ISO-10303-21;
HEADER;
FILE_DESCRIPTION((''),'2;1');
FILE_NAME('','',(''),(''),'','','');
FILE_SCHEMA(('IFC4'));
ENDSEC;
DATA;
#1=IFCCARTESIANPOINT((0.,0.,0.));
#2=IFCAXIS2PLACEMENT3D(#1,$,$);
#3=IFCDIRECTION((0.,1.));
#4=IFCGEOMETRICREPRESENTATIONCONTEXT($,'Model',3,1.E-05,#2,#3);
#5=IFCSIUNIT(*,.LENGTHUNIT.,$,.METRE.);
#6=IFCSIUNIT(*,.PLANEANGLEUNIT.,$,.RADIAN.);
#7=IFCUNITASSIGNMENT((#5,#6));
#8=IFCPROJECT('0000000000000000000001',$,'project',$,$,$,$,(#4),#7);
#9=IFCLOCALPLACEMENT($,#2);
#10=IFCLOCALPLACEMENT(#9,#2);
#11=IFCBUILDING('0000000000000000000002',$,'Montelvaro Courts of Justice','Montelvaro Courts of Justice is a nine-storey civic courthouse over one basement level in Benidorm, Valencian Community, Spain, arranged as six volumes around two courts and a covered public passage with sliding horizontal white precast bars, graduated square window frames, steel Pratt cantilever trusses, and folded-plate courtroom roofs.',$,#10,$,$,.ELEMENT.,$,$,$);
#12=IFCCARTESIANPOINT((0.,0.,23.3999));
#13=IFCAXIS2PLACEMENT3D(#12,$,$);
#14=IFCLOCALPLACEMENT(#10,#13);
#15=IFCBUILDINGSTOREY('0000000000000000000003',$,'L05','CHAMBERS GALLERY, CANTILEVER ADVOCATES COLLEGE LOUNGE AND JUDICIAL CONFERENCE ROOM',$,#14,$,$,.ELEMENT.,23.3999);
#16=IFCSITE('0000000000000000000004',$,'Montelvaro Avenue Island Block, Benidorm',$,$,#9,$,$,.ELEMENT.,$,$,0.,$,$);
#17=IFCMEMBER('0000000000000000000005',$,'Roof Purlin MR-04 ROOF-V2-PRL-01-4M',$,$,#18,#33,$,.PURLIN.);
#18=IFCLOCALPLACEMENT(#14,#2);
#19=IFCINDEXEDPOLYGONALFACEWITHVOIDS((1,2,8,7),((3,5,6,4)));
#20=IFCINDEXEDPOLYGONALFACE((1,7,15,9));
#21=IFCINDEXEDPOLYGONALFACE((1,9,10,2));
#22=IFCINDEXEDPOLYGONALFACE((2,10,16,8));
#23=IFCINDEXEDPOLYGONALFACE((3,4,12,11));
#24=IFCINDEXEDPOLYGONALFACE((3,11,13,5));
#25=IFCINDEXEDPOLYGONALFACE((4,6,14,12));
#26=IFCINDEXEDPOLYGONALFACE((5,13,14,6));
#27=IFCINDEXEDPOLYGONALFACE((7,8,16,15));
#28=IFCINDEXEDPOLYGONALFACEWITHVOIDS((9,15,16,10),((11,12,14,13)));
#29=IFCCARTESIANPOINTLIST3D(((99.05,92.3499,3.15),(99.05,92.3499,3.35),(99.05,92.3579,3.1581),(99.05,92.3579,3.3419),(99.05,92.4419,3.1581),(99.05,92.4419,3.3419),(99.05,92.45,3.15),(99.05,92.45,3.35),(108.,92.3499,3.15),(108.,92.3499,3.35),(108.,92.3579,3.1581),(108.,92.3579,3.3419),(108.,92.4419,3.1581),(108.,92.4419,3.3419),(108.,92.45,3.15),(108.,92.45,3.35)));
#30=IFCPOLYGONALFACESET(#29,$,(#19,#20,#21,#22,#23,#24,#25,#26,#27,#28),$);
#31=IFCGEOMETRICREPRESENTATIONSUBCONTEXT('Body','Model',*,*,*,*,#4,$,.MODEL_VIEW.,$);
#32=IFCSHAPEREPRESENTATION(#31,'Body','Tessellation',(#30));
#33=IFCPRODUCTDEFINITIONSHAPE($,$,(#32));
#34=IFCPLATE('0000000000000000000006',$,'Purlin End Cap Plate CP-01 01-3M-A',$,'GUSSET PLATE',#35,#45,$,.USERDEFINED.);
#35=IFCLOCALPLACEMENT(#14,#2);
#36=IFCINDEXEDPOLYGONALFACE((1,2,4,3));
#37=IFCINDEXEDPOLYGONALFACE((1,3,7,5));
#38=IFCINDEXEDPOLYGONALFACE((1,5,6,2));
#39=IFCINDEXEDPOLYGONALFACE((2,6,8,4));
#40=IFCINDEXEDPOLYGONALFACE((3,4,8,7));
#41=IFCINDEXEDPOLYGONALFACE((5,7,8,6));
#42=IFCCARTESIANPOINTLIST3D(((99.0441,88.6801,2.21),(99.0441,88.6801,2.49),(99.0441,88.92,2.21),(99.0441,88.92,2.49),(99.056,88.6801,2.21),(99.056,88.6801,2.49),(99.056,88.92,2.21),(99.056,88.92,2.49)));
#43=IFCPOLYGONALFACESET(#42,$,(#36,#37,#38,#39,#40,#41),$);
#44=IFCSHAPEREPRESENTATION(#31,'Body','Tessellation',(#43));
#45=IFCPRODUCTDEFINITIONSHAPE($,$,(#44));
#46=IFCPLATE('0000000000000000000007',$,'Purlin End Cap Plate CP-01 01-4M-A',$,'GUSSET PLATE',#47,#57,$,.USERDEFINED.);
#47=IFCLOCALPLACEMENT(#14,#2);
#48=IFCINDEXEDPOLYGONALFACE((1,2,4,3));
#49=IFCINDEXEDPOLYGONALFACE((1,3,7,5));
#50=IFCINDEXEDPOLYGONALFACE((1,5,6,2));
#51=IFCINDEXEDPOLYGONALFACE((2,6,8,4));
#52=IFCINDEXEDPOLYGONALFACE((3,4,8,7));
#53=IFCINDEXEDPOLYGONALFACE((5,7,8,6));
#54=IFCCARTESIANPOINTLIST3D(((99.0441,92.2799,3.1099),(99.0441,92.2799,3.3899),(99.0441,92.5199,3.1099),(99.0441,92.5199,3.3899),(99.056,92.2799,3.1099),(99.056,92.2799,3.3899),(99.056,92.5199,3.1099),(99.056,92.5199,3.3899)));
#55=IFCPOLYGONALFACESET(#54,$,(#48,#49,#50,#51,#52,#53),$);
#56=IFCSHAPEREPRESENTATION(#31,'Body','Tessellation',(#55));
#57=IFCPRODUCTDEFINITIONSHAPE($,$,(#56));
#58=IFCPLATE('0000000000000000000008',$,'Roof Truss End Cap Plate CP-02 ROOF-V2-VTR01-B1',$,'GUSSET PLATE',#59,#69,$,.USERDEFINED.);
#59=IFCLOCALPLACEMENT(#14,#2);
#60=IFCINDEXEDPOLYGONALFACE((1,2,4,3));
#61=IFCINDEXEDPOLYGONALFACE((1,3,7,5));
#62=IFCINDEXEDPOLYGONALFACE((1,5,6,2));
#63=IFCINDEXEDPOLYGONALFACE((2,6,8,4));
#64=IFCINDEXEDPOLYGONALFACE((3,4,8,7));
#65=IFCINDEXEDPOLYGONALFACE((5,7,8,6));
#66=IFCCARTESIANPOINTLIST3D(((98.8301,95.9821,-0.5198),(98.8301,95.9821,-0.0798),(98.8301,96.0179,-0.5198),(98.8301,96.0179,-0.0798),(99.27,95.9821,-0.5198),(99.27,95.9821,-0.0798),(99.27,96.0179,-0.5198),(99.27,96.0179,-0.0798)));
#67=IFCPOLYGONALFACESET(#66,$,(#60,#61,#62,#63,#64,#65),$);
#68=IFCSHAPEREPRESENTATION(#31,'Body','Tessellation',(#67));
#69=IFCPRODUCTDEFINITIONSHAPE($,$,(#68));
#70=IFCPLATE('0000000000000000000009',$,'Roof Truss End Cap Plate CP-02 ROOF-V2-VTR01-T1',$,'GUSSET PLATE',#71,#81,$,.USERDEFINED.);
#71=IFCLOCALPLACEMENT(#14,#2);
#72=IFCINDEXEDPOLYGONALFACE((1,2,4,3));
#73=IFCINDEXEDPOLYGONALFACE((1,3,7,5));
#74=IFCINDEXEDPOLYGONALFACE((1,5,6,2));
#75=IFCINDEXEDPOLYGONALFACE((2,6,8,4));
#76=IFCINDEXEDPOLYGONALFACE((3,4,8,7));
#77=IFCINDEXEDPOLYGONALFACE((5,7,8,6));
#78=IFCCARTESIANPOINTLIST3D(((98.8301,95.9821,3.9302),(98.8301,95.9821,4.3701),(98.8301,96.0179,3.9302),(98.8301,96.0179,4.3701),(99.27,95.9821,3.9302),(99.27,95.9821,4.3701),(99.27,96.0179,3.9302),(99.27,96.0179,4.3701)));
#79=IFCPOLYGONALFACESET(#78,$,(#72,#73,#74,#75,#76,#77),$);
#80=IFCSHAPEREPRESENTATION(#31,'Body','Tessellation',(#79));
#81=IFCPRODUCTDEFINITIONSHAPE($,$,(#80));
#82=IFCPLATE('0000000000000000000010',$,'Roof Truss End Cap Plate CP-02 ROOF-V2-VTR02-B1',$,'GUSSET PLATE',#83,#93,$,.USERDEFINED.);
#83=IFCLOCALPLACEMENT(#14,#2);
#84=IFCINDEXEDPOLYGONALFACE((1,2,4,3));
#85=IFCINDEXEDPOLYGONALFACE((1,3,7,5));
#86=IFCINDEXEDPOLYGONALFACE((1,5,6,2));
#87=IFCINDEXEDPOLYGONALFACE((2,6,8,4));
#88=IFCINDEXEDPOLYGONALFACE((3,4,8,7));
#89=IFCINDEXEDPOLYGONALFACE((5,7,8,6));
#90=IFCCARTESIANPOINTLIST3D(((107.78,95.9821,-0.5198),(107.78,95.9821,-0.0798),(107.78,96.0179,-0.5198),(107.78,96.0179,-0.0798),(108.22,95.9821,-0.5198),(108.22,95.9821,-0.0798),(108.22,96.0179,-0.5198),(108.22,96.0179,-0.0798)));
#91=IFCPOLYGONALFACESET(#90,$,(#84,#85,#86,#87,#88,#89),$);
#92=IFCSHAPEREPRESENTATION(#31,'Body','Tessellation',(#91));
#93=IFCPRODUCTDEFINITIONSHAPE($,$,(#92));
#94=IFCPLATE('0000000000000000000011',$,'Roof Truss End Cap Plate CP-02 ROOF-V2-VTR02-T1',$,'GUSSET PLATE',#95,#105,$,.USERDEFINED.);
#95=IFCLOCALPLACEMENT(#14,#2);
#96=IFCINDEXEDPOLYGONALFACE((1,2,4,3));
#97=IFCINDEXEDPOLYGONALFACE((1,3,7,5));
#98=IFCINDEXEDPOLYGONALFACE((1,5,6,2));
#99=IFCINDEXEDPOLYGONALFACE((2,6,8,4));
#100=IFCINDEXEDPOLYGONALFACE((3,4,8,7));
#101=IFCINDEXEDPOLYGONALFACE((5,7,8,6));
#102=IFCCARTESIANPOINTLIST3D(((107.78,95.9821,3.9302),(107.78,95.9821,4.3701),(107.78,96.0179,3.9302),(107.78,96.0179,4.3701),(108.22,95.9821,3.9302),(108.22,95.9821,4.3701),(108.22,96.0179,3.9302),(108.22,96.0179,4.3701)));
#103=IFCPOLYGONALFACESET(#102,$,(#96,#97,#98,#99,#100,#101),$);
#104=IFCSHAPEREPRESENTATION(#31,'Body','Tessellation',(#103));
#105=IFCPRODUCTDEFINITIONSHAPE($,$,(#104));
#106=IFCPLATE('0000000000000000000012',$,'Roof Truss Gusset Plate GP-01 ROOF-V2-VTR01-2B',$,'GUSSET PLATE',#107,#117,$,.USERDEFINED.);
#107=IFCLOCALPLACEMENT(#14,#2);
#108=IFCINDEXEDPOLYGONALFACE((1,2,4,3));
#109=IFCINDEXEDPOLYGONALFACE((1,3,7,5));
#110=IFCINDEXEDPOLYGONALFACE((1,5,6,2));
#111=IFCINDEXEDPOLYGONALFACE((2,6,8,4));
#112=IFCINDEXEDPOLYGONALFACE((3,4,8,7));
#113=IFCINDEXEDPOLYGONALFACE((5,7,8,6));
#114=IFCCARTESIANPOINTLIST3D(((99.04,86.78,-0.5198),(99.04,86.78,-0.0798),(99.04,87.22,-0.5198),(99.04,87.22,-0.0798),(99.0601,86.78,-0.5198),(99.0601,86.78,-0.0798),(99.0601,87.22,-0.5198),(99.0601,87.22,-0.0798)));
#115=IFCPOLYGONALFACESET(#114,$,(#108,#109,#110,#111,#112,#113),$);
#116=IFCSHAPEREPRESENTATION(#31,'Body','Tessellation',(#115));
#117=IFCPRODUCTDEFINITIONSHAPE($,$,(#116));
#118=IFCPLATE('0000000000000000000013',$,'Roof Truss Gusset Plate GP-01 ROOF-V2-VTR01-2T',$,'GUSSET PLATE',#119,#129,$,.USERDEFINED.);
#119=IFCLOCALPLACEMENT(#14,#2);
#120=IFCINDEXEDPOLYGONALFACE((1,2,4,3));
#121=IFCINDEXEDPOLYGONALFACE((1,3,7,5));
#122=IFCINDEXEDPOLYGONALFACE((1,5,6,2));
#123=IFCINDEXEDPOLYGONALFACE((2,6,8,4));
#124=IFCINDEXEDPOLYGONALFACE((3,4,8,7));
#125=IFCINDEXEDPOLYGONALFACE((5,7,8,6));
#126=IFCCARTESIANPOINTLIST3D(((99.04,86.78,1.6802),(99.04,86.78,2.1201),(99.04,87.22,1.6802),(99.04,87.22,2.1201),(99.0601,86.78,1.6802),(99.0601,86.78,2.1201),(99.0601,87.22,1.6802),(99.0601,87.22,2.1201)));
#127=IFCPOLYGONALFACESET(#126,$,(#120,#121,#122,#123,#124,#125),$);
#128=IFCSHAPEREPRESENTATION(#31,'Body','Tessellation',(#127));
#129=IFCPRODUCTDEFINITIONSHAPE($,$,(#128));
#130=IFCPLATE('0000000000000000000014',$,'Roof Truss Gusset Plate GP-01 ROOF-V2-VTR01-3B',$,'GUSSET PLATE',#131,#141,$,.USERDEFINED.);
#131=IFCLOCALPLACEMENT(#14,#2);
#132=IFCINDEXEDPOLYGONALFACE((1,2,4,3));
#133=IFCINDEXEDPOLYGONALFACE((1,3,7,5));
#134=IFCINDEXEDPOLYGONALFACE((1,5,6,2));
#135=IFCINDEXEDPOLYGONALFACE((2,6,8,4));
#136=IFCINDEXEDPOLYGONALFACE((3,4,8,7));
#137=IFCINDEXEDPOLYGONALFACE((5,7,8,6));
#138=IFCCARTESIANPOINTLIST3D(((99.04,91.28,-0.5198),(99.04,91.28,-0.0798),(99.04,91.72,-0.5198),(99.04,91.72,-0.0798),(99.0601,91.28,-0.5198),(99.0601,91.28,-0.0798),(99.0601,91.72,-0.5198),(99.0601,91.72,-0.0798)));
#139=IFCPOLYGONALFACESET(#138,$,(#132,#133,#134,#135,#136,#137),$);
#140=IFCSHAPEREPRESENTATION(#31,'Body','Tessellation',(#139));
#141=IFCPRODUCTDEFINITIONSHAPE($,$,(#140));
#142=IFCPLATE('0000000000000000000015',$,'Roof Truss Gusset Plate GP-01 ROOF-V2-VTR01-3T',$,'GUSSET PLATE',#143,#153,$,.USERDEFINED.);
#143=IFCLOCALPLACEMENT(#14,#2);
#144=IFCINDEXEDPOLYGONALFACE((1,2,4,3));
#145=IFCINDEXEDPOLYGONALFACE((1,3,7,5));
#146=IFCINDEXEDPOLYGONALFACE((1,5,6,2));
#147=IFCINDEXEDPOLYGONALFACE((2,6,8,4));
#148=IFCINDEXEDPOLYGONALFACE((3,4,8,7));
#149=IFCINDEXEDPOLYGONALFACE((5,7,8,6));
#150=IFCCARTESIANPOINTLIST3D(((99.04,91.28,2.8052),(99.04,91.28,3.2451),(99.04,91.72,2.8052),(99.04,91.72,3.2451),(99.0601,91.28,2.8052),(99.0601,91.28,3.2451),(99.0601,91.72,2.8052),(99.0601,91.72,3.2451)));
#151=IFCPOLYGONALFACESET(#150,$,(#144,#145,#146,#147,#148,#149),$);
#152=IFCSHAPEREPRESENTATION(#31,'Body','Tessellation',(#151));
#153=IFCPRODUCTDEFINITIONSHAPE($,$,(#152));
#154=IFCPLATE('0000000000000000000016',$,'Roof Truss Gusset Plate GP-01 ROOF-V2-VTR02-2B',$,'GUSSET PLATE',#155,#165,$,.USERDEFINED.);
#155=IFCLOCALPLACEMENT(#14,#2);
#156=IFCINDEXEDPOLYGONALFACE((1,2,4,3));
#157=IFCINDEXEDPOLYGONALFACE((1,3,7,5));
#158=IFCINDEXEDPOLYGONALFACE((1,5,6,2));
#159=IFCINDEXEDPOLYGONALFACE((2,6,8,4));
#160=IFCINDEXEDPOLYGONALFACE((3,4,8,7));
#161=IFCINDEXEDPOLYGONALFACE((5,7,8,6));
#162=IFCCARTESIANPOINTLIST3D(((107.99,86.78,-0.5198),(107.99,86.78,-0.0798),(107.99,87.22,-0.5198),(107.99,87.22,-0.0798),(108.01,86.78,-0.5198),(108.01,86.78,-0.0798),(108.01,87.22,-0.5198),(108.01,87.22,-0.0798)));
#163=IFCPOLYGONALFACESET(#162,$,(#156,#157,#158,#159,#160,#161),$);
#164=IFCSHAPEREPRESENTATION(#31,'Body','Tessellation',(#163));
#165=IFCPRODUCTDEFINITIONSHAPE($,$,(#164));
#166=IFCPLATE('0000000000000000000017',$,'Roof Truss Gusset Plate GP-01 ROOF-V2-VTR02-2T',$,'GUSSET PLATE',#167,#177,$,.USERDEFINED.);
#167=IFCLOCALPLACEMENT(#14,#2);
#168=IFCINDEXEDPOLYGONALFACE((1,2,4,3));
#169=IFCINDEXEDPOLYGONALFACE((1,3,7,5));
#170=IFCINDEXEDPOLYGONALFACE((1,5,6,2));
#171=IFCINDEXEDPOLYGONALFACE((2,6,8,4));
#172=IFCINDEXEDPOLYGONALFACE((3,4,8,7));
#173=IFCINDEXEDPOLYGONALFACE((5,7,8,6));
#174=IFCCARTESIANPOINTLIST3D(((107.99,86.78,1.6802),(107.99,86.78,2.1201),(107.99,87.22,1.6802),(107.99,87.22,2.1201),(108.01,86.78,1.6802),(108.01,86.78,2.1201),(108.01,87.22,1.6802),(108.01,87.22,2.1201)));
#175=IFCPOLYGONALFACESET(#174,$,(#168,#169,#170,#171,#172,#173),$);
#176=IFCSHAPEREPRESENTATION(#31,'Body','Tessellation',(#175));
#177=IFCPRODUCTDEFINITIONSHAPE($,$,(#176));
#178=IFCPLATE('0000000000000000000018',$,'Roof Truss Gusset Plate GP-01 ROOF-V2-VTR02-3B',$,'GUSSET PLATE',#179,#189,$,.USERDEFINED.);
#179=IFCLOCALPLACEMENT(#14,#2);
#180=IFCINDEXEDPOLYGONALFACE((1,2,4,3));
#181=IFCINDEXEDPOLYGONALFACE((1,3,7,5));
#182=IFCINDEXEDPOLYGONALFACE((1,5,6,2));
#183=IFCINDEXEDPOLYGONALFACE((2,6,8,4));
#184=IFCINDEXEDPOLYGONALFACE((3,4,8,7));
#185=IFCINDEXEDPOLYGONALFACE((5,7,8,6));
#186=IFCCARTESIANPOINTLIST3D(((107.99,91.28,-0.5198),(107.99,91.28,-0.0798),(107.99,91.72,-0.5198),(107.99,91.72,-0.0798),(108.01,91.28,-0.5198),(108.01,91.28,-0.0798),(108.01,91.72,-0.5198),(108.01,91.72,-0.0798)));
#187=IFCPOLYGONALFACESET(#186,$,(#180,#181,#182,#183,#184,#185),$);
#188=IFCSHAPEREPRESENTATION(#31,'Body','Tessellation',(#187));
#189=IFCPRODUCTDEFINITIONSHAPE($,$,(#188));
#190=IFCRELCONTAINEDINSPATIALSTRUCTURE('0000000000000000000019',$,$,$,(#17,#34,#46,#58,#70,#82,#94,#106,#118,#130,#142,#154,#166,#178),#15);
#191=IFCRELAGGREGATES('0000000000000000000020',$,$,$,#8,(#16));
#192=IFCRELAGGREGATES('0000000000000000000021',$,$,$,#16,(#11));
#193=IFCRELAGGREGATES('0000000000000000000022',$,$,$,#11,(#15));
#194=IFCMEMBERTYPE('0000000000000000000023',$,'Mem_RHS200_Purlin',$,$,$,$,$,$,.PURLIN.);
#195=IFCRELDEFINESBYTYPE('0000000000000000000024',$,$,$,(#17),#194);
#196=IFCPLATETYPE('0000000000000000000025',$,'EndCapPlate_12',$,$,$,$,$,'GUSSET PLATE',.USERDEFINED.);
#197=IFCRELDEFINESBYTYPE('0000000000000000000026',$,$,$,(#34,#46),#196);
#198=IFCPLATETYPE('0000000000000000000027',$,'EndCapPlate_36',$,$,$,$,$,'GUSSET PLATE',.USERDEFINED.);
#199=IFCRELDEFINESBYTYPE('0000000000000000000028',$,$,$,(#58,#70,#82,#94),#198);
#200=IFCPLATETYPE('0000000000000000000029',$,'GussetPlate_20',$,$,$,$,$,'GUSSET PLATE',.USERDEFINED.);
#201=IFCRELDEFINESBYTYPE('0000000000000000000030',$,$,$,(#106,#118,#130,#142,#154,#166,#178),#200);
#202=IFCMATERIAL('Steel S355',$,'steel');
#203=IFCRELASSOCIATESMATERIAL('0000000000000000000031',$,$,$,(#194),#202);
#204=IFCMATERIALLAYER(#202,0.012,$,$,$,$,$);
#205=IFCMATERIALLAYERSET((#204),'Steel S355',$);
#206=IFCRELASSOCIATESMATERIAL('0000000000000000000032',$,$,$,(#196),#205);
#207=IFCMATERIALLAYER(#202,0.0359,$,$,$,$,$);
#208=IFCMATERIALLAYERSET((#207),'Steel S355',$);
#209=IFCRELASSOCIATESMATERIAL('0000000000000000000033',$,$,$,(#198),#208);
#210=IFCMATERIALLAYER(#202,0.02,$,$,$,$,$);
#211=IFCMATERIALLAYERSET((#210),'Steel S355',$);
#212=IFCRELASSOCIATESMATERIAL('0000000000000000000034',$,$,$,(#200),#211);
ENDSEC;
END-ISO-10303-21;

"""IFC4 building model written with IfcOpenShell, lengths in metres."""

from ifc_helpers import new_model, si_unit, direction, frame, origin, origin_2d, place, context, subcontext, project, spatial, rectangle, hollow_rectangle, extrude, material, layer, layer_set, material_profile, profile_set, type_object, element, save


model = new_model("IFC4")

# Units and contexts
model_context = context("Model", 3, precision=1e-05, world=origin(), true_north=direction((0.0, 1.0)))
body_context = subcontext(model_context, "Body", "Model", "MODEL_VIEW")
ifc_project = project(units=[si_unit("LENGTHUNIT", "METRE"), si_unit("PLANEANGLEUNIT", "RADIAN")], contexts=[model_context])

# Site, building, storey
site_placement = place(None, origin())
site = spatial("IfcSite", under=ifc_project, at=site_placement, Name="Montelvaro Avenue Island Block, Benidorm", CompositionType="ELEMENT", RefElevation=0.0)
building_placement = place(site_placement, origin())
building = spatial("IfcBuilding", under=site, at=building_placement, Name="Montelvaro Courts of Justice", Description="Montelvaro Courts of Justice is a nine-storey civic courthouse over one basement level in Benidorm, Valencian Community, Spain, arranged as six volumes around two courts and a covered public passage with sliding horizontal white precast bars, graduated square window frames, steel Pratt cantilever trusses, and folded-plate courtroom roofs.", CompositionType="ELEMENT")
storey_placement = place(building_placement, frame((0.0, 0.0, 23.3999)))
storey = spatial("IfcBuildingStorey", under=building, at=storey_placement, Name="L05", Description="CHAMBERS GALLERY, CANTILEVER ADVOCATES COLLEGE LOUNGE AND JUDICIAL CONFERENCE ROOM", CompositionType="ELEMENT", Elevation=23.3999)

# Member
ifc_material = material(Name="Steel S355", Category="steel")
ifc_material_profile_1 = material_profile(ifc_material, hollow_rectangle(XDim=0.1001, YDim=0.2, WallThickness=0.0081, at=origin_2d()), Name="RHS 200x100x8")
ifc_profile_set_1 = profile_set([ifc_material_profile_1], Name="Steel S355")
member_type_1 = type_object("IfcMemberType", Name="Mem_RHS200_Purlin", PredefinedType="PURLIN", material=ifc_profile_set_1)
member_1_placement = place(storey_placement, frame((99.05, 92.3999, 3.25), z_axis=(1.0, 0.0, 0.0), x_axis=(0.0, 1.0, 0.0)))
element("IfcMember", 1, at=member_1_placement, inside=storey, type_object=member_type_1, Name="Roof Purlin MR-04 ROOF-V2-PRL-01-4M", PredefinedType="PURLIN", context=body_context, shape_type="SweptSolid", body=[
    extrude(hollow_rectangle(XDim=0.1001, YDim=0.2, WallThickness=0.0081, at=origin_2d()), origin(), (0.0, 0.0, 1.0), 8.95),
])

# Plates
ifc_layer_1 = layer(ifc_material, 0.012)
ifc_layer_set_1 = layer_set([ifc_layer_1], Name="Steel S355")
plate_type_1 = type_object("IfcPlateType", Name="EndCapPlate_12", ElementType="GUSSET PLATE", PredefinedType="USERDEFINED", material=ifc_layer_set_1)
for number, where, z_axis, x_axis, name in (
    (2, (99.05, 88.8, 2.21), (0.0, 0.0, 1.0), (1.0, 0.0, 0.0), "Purlin End Cap Plate CP-01 01-3M-A"),
    (3, (99.05, 92.3999, 3.1099), (0.0, 0.0, 1.0), (1.0, 0.0, 0.0), "Purlin End Cap Plate CP-01 01-4M-A"),
):
    element("IfcPlate", number, at=place(storey_placement, frame(where, z_axis=z_axis, x_axis=x_axis)), inside=storey, type_object=plate_type_1, Name=name, ObjectType="GUSSET PLATE", PredefinedType="USERDEFINED", context=body_context, shape_type="SweptSolid", body=[
        extrude(rectangle(XDim=0.012, YDim=0.24, at=origin_2d()), origin(), (0.0, 0.0, 1.0), 0.28),
    ])
ifc_layer_2 = layer(ifc_material, 0.0359)
ifc_layer_set_2 = layer_set([ifc_layer_2], Name="Steel S355")
plate_type_2 = type_object("IfcPlateType", Name="EndCapPlate_36", ElementType="GUSSET PLATE", PredefinedType="USERDEFINED", material=ifc_layer_set_2)
for number, where, z_axis, x_axis, name in (
    (4, (99.05, 96.0, -0.5198), (0.0, 0.0, 1.0), (1.0, 0.0, 0.0), "Roof Truss End Cap Plate CP-02 ROOF-V2-VTR01-B1"),
    (5, (99.05, 96.0, 3.9302), (0.0, 0.0, 1.0), (1.0, 0.0, 0.0), "Roof Truss End Cap Plate CP-02 ROOF-V2-VTR01-T1"),
    (6, (108.0, 96.0, -0.5198), (0.0, 0.0, 1.0), (1.0, 0.0, 0.0), "Roof Truss End Cap Plate CP-02 ROOF-V2-VTR02-B1"),
    (7, (108.0, 96.0, 3.9302), (0.0, 0.0, 1.0), (1.0, 0.0, 0.0), "Roof Truss End Cap Plate CP-02 ROOF-V2-VTR02-T1"),
):
    element("IfcPlate", number, at=place(storey_placement, frame(where, z_axis=z_axis, x_axis=x_axis)), inside=storey, type_object=plate_type_2, Name=name, ObjectType="GUSSET PLATE", PredefinedType="USERDEFINED", context=body_context, shape_type="SweptSolid", body=[
        extrude(rectangle(XDim=0.4399, YDim=0.0359, at=origin_2d()), origin(), (0.0, 0.0, 1.0), 0.4399),
    ])
ifc_layer_3 = layer(ifc_material, 0.02)
ifc_layer_set_3 = layer_set([ifc_layer_3], Name="Steel S355")
plate_type_3 = type_object("IfcPlateType", Name="GussetPlate_20", ElementType="GUSSET PLATE", PredefinedType="USERDEFINED", material=ifc_layer_set_3)
for number, where, z_axis, x_axis, name in (
    (8, (99.05, 87.0, -0.5198), (0.0, 0.0, 1.0), (1.0, 0.0, 0.0), "Roof Truss Gusset Plate GP-01 ROOF-V2-VTR01-2B"),
    (9, (99.05, 87.0, 1.6802), (0.0, 0.0, 1.0), (1.0, 0.0, 0.0), "Roof Truss Gusset Plate GP-01 ROOF-V2-VTR01-2T"),
    (10, (99.05, 91.5, -0.5198), (0.0, 0.0, 1.0), (1.0, 0.0, 0.0), "Roof Truss Gusset Plate GP-01 ROOF-V2-VTR01-3B"),
    (11, (99.05, 91.5, 2.8052), (0.0, 0.0, 1.0), (1.0, 0.0, 0.0), "Roof Truss Gusset Plate GP-01 ROOF-V2-VTR01-3T"),
    (12, (108.0, 87.0, -0.5198), (0.0, 0.0, 1.0), (1.0, 0.0, 0.0), "Roof Truss Gusset Plate GP-01 ROOF-V2-VTR02-2B"),
    (13, (108.0, 87.0, 1.6802), (0.0, 0.0, 1.0), (1.0, 0.0, 0.0), "Roof Truss Gusset Plate GP-01 ROOF-V2-VTR02-2T"),
    (14, (108.0, 91.5, -0.5198), (0.0, 0.0, 1.0), (1.0, 0.0, 0.0), "Roof Truss Gusset Plate GP-01 ROOF-V2-VTR02-3B"),
):
    element("IfcPlate", number, at=place(storey_placement, frame(where, z_axis=z_axis, x_axis=x_axis)), inside=storey, type_object=plate_type_3, Name=name, ObjectType="GUSSET PLATE", PredefinedType="USERDEFINED", context=body_context, shape_type="SweptSolid", body=[
        extrude(rectangle(XDim=0.02, YDim=0.4399, at=origin_2d()), origin(), (0.0, 0.0, 1.0), 0.4399),
    ])

save(model, "model.ifc")
